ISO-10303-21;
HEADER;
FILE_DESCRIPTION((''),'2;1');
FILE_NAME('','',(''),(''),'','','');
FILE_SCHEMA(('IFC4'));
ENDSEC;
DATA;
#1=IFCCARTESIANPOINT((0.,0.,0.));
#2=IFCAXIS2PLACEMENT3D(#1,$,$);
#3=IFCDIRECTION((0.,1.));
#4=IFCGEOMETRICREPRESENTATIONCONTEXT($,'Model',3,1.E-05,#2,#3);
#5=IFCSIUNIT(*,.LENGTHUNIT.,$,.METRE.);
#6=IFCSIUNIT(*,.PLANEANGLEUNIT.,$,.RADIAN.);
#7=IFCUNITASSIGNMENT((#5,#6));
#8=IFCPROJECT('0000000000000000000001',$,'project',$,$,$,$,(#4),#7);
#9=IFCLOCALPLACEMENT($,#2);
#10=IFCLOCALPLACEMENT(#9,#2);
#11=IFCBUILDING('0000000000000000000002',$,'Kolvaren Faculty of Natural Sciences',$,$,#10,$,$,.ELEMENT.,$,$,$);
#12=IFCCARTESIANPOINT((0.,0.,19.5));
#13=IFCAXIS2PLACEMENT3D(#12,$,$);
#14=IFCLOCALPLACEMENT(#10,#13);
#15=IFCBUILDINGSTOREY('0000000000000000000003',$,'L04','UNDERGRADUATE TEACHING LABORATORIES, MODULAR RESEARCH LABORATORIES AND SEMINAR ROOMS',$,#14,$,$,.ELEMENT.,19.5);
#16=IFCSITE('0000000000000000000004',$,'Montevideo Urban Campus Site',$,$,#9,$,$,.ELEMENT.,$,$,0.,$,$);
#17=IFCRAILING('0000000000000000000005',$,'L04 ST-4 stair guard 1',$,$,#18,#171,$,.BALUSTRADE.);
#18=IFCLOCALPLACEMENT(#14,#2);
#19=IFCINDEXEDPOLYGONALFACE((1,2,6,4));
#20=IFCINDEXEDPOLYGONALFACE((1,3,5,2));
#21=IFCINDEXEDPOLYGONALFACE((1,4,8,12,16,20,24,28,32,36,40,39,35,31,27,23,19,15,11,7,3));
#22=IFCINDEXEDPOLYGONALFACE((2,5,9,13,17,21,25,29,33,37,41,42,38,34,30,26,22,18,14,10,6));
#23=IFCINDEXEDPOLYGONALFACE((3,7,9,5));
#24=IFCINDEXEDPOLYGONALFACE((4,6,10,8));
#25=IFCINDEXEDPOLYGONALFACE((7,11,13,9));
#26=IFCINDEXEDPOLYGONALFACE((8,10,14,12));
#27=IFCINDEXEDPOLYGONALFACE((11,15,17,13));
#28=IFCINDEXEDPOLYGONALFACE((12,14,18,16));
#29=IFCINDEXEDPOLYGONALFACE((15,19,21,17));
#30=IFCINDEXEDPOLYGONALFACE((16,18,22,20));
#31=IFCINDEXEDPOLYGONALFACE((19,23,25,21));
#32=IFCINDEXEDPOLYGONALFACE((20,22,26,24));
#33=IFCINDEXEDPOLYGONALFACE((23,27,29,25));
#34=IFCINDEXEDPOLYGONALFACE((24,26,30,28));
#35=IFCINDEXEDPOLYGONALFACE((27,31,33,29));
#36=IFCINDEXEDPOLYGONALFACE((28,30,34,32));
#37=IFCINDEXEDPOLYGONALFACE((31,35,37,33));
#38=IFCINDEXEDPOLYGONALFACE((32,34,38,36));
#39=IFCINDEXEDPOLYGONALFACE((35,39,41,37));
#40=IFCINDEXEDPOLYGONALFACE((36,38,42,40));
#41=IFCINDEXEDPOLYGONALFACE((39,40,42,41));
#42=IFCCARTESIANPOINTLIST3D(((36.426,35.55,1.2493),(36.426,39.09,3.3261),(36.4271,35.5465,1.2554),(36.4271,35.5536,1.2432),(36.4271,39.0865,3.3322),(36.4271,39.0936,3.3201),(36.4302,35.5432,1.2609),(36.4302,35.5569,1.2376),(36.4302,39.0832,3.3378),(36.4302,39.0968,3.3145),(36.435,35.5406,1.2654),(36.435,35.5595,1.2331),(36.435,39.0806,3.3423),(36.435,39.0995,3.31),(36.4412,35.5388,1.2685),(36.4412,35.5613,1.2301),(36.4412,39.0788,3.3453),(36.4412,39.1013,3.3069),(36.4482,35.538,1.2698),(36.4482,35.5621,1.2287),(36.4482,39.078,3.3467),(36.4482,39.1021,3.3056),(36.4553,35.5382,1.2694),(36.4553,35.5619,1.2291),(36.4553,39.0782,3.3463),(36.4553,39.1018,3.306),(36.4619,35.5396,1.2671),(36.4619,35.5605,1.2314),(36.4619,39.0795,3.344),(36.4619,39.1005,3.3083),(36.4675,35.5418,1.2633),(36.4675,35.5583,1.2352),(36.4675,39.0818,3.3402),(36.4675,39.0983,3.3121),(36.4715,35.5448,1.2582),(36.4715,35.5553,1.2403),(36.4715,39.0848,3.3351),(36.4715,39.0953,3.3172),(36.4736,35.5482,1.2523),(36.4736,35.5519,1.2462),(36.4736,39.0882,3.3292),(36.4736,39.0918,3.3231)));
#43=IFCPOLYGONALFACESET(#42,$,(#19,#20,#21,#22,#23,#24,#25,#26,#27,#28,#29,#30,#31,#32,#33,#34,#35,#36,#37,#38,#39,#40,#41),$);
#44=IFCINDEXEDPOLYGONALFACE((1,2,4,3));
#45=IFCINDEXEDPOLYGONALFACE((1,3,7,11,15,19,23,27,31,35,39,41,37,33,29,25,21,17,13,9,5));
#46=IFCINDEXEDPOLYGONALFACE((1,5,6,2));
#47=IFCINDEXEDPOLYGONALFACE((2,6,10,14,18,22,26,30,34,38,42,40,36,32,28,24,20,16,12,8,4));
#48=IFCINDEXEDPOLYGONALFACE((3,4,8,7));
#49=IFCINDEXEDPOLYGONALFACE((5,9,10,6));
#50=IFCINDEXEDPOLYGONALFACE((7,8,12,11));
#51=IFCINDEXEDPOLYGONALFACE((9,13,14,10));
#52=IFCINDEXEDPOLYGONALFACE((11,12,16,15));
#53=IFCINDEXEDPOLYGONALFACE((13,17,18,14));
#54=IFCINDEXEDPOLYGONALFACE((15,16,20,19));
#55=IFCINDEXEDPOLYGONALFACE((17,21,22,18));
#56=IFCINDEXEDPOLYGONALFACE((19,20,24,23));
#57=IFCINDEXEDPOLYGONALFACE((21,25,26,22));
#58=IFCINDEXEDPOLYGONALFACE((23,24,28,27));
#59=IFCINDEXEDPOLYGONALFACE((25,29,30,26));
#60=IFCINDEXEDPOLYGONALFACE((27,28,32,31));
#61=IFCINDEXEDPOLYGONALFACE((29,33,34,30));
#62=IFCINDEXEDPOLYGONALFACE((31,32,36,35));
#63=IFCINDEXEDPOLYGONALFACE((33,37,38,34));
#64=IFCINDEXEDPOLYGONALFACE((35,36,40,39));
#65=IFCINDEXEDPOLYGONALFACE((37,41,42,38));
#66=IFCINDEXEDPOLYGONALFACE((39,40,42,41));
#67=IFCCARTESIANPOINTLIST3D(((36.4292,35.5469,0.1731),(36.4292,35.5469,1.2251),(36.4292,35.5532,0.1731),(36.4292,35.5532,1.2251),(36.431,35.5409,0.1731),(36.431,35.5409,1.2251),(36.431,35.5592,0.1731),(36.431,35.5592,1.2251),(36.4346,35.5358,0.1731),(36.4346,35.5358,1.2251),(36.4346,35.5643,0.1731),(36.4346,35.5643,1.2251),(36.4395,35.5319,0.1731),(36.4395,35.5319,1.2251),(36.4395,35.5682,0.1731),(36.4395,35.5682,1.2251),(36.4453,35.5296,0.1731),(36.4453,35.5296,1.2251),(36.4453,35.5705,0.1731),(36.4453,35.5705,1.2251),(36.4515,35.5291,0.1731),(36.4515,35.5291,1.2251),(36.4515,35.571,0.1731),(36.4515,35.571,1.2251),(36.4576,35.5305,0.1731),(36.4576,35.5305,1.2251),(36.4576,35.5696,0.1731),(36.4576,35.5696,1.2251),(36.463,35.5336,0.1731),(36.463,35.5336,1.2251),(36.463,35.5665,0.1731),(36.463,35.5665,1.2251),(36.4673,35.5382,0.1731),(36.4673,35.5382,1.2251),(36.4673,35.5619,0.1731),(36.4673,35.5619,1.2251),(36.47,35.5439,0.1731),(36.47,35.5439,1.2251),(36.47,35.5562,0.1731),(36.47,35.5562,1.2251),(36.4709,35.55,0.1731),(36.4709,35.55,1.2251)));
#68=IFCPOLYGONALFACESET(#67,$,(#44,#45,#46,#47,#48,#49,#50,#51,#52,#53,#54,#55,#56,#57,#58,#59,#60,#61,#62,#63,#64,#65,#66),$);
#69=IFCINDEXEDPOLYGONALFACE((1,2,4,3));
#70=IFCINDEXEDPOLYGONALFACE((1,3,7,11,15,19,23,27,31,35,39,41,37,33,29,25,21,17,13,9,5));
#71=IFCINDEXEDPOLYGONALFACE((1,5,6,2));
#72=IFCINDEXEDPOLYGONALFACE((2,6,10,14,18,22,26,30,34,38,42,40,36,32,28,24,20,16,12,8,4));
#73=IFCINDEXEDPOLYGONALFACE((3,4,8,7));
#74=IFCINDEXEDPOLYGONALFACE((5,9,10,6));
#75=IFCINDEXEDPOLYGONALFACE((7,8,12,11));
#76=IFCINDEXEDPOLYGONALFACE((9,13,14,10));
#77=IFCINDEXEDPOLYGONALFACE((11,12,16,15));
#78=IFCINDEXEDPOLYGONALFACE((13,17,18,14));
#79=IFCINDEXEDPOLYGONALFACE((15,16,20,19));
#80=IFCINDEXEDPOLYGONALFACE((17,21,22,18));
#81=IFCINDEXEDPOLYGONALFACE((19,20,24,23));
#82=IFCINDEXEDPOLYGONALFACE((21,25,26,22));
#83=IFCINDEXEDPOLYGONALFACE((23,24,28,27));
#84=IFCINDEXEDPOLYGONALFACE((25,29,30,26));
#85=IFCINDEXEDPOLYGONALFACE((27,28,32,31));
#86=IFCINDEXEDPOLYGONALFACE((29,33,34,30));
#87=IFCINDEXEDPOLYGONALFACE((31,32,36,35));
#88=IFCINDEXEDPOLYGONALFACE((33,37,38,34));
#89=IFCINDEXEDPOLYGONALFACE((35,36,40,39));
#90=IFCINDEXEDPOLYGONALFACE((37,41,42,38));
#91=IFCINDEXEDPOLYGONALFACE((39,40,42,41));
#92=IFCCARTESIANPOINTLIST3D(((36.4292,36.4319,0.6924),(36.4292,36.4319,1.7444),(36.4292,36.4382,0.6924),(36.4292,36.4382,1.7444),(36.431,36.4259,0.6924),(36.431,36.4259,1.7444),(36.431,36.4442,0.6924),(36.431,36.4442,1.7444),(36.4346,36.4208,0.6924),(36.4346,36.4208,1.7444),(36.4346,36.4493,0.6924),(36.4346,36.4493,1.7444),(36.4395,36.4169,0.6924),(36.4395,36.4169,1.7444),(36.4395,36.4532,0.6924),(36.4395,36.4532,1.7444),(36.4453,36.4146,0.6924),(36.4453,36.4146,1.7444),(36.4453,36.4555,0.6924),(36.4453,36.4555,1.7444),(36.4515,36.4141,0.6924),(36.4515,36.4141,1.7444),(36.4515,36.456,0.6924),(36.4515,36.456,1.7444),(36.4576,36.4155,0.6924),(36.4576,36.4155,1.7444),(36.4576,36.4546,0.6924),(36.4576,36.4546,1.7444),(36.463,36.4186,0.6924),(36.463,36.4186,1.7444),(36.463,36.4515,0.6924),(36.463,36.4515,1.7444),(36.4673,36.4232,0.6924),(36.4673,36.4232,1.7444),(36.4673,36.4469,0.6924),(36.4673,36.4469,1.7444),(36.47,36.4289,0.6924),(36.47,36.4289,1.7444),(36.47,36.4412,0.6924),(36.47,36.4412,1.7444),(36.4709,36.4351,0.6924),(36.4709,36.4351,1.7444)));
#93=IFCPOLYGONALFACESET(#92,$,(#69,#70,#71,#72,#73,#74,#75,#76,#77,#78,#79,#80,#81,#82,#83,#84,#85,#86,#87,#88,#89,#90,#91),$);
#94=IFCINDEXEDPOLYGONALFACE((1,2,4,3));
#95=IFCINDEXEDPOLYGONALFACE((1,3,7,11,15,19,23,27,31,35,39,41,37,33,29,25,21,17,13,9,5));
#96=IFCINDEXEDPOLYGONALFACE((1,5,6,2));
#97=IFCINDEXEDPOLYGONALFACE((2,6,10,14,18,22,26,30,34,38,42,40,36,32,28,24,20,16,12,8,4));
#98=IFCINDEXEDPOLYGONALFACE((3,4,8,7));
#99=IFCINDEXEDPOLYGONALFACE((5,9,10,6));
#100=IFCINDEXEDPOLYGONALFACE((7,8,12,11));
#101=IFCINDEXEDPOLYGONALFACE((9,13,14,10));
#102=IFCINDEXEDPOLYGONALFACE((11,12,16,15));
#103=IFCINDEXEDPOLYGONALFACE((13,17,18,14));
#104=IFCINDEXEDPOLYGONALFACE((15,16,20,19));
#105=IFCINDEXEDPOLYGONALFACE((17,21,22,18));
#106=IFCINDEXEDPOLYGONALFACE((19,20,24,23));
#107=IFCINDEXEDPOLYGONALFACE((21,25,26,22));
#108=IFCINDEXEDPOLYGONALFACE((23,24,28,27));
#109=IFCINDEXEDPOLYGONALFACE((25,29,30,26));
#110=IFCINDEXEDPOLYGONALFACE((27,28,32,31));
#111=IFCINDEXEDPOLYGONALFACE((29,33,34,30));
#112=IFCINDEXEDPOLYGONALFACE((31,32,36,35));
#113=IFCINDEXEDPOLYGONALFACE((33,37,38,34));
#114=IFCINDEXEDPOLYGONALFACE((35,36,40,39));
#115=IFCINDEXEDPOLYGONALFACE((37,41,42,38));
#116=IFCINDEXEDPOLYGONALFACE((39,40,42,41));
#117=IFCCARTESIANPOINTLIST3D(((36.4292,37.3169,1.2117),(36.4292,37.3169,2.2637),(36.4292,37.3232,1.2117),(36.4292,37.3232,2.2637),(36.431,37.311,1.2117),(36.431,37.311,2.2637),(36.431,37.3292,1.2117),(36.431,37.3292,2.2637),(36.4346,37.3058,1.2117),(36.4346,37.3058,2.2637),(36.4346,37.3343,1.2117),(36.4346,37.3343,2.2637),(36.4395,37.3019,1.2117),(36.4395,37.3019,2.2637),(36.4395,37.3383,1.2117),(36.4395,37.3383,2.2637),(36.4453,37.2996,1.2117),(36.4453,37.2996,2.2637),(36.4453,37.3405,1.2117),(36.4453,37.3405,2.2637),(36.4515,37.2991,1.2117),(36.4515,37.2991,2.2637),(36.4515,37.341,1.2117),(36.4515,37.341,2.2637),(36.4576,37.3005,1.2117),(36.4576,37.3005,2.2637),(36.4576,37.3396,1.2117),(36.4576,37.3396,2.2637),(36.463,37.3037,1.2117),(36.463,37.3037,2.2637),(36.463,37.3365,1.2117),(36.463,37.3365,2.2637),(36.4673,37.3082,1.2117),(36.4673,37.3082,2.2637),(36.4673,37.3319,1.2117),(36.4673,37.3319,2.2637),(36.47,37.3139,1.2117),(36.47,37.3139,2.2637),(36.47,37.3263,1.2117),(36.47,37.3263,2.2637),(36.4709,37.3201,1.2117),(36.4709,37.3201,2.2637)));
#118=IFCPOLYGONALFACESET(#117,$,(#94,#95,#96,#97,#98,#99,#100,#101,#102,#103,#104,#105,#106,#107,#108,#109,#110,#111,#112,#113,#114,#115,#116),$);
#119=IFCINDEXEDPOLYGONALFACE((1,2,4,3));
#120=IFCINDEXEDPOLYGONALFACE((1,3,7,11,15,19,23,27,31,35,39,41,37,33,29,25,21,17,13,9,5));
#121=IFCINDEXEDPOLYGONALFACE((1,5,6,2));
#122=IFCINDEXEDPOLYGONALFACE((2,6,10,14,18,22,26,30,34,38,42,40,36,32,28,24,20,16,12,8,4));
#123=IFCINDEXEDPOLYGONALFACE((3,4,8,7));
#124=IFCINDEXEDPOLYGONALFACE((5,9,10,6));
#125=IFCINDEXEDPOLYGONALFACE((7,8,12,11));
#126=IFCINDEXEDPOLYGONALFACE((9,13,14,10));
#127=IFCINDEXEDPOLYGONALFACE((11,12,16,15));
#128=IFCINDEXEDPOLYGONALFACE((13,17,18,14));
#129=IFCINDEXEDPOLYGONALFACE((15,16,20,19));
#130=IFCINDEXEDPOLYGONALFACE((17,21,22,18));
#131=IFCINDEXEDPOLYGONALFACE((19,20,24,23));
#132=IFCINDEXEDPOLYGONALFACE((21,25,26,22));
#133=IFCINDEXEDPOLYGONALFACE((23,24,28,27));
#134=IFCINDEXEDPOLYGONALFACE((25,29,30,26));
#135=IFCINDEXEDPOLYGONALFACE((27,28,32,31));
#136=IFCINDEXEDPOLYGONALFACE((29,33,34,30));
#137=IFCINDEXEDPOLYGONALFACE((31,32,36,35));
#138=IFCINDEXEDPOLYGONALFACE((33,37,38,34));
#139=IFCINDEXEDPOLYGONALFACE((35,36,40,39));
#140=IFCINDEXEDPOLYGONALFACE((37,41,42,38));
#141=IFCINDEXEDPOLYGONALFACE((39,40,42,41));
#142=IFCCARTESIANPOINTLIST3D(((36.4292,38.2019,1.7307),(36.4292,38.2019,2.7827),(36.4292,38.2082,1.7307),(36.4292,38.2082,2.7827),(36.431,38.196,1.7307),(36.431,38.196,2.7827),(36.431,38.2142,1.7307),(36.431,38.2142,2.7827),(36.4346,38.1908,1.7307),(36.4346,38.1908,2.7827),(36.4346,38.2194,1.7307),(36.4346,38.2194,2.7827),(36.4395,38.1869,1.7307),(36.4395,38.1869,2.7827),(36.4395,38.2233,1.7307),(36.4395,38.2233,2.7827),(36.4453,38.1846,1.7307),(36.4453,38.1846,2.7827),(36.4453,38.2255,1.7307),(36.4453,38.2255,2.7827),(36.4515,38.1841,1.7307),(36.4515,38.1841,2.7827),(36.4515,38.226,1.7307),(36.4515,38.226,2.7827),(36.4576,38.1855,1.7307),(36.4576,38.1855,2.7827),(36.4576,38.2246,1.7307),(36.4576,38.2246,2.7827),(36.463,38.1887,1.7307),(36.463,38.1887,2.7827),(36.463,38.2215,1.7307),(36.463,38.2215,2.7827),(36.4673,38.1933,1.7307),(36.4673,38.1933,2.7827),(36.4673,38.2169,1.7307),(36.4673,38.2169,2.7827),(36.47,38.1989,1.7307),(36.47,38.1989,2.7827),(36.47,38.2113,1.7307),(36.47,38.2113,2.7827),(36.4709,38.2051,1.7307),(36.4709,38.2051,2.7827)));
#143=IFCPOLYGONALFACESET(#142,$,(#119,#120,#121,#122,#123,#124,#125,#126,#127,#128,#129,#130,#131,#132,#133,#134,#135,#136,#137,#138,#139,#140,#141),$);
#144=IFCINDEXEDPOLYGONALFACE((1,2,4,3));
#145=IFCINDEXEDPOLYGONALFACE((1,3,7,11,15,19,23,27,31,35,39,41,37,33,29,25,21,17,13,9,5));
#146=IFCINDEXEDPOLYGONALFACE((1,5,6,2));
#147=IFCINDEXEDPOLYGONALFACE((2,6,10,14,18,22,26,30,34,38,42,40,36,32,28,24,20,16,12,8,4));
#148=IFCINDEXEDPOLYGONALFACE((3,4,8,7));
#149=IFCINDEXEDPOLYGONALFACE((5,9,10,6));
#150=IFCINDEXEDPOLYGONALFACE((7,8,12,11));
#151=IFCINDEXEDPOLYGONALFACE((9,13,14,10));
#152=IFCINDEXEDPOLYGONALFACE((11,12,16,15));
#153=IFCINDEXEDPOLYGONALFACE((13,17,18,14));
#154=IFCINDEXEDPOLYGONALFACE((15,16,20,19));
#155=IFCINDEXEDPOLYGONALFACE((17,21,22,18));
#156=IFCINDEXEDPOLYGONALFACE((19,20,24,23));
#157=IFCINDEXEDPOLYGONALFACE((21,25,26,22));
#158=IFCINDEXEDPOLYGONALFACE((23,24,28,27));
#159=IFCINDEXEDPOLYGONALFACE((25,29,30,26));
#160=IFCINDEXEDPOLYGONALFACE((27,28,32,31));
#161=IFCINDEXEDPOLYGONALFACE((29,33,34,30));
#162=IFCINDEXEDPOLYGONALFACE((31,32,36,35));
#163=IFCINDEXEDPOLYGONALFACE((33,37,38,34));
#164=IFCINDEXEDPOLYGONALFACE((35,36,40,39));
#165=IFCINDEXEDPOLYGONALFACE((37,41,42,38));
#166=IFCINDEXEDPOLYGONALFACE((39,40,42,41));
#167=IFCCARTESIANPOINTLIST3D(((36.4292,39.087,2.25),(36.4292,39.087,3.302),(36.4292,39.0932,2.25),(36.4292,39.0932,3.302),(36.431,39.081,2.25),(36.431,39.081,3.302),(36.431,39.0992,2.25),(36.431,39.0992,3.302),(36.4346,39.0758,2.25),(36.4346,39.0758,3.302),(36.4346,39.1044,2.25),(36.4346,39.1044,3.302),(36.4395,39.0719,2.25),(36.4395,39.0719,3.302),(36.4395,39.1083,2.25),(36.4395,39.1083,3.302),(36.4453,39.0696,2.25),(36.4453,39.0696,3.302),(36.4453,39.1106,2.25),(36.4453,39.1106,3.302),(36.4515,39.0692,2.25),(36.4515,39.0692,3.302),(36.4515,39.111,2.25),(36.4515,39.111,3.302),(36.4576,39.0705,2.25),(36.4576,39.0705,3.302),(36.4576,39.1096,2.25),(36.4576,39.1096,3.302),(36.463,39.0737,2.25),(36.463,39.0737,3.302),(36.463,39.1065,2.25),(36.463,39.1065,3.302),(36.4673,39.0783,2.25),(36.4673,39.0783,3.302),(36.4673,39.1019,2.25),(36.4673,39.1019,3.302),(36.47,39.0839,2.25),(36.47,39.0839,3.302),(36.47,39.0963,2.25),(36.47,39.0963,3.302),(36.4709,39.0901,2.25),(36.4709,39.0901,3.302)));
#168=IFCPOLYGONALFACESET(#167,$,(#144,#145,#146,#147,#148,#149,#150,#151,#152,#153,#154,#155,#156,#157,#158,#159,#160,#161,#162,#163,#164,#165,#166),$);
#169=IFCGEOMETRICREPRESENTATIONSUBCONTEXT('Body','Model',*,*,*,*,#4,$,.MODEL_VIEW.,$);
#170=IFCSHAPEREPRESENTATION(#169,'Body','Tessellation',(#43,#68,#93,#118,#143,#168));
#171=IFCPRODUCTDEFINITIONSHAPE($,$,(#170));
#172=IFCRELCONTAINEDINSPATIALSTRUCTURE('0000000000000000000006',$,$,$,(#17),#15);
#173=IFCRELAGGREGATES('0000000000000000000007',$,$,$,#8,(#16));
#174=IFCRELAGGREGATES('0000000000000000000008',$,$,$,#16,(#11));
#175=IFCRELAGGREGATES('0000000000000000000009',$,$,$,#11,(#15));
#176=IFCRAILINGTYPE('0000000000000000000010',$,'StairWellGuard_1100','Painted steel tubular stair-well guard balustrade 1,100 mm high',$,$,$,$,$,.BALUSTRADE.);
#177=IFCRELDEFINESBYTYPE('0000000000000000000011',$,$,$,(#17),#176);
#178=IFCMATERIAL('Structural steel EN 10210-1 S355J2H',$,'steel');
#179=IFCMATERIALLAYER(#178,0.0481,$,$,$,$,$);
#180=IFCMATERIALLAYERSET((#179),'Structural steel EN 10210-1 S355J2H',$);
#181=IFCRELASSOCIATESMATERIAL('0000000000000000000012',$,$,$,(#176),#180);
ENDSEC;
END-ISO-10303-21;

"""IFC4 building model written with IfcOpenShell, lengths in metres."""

from ifc_helpers import new_model, si_unit, direction, frame, origin, origin_2d, place, context, subcontext, project, spatial, circle, extrude, material, layer, layer_set, type_object, element, save


model = new_model("IFC4")

# Units and contexts
model_context = context("Model", 3, precision=1e-05, world=origin(), true_north=direction((0.0, 1.0)))
body_context = subcontext(model_context, "Body", "Model", "MODEL_VIEW")
ifc_project = project(units=[si_unit("LENGTHUNIT", "METRE"), si_unit("PLANEANGLEUNIT", "RADIAN")], contexts=[model_context])

# Site, building, storey
site_placement = place(None, origin())
site = spatial("IfcSite", under=ifc_project, at=site_placement, Name="Montevideo Urban Campus Site", CompositionType="ELEMENT", RefElevation=0.0)
building_placement = place(site_placement, origin())
building = spatial("IfcBuilding", under=site, at=building_placement, Name="Kolvaren Faculty of Natural Sciences", CompositionType="ELEMENT")
storey_placement = place(building_placement, frame((0.0, 0.0, 19.5)))
storey = spatial("IfcBuildingStorey", under=building, at=storey_placement, Name="L04", Description="UNDERGRADUATE TEACHING LABORATORIES, MODULAR RESEARCH LABORATORIES AND SEMINAR ROOMS", CompositionType="ELEMENT", Elevation=19.5)

# Railing
ifc_material_1 = material(Name="Structural steel EN 10210-1 S355J2H", Category="steel")
ifc_layer_1 = layer(ifc_material_1, 0.0481)
ifc_layer_set_1 = layer_set([ifc_layer_1], Name="Structural steel EN 10210-1 S355J2H")
railing_type_1 = type_object("IfcRailingType", Name="StairWellGuard_1100", Description="Painted steel tubular stair-well guard balustrade 1,100 mm high", PredefinedType="BALUSTRADE", material=ifc_layer_set_1)
railing_1_placement = place(storey_placement, frame((36.45, 35.55, 0.1731)))
element("IfcRailing", 1, at=railing_1_placement, inside=storey, type_object=railing_type_1, Name="L04 ST-4 stair guard 1", PredefinedType="BALUSTRADE", context=body_context, shape_type="SweptSolid", body=[
    extrude(circle(Radius=0.0239, at=origin_2d()), frame((0.0, 0.0, 1.0762), z_axis=(0.0, 0.862516, 0.506029), x_axis=(-1.0, 0.0, 0.0)), (0.0, 0.0, 1.0), 4.1042),
    extrude(circle(Radius=0.021, at=origin_2d()), origin(), (0.0, 0.0, 1.0), 1.052),
    extrude(circle(Radius=0.021, at=origin_2d()), frame((0.0, 0.885, 0.5193)), (0.0, 0.0, 1.0), 1.052),
    extrude(circle(Radius=0.021, at=origin_2d()), frame((0.0, 1.77, 1.0386)), (0.0, 0.0, 1.0), 1.052),
    extrude(circle(Radius=0.021, at=origin_2d()), frame((0.0, 2.655, 1.5576)), (0.0, 0.0, 1.0), 1.052),
    extrude(circle(Radius=0.021, at=origin_2d()), frame((0.0, 3.54, 2.0769)), (0.0, 0.0, 1.0), 1.052),
])

save(model, "model.ifc")
